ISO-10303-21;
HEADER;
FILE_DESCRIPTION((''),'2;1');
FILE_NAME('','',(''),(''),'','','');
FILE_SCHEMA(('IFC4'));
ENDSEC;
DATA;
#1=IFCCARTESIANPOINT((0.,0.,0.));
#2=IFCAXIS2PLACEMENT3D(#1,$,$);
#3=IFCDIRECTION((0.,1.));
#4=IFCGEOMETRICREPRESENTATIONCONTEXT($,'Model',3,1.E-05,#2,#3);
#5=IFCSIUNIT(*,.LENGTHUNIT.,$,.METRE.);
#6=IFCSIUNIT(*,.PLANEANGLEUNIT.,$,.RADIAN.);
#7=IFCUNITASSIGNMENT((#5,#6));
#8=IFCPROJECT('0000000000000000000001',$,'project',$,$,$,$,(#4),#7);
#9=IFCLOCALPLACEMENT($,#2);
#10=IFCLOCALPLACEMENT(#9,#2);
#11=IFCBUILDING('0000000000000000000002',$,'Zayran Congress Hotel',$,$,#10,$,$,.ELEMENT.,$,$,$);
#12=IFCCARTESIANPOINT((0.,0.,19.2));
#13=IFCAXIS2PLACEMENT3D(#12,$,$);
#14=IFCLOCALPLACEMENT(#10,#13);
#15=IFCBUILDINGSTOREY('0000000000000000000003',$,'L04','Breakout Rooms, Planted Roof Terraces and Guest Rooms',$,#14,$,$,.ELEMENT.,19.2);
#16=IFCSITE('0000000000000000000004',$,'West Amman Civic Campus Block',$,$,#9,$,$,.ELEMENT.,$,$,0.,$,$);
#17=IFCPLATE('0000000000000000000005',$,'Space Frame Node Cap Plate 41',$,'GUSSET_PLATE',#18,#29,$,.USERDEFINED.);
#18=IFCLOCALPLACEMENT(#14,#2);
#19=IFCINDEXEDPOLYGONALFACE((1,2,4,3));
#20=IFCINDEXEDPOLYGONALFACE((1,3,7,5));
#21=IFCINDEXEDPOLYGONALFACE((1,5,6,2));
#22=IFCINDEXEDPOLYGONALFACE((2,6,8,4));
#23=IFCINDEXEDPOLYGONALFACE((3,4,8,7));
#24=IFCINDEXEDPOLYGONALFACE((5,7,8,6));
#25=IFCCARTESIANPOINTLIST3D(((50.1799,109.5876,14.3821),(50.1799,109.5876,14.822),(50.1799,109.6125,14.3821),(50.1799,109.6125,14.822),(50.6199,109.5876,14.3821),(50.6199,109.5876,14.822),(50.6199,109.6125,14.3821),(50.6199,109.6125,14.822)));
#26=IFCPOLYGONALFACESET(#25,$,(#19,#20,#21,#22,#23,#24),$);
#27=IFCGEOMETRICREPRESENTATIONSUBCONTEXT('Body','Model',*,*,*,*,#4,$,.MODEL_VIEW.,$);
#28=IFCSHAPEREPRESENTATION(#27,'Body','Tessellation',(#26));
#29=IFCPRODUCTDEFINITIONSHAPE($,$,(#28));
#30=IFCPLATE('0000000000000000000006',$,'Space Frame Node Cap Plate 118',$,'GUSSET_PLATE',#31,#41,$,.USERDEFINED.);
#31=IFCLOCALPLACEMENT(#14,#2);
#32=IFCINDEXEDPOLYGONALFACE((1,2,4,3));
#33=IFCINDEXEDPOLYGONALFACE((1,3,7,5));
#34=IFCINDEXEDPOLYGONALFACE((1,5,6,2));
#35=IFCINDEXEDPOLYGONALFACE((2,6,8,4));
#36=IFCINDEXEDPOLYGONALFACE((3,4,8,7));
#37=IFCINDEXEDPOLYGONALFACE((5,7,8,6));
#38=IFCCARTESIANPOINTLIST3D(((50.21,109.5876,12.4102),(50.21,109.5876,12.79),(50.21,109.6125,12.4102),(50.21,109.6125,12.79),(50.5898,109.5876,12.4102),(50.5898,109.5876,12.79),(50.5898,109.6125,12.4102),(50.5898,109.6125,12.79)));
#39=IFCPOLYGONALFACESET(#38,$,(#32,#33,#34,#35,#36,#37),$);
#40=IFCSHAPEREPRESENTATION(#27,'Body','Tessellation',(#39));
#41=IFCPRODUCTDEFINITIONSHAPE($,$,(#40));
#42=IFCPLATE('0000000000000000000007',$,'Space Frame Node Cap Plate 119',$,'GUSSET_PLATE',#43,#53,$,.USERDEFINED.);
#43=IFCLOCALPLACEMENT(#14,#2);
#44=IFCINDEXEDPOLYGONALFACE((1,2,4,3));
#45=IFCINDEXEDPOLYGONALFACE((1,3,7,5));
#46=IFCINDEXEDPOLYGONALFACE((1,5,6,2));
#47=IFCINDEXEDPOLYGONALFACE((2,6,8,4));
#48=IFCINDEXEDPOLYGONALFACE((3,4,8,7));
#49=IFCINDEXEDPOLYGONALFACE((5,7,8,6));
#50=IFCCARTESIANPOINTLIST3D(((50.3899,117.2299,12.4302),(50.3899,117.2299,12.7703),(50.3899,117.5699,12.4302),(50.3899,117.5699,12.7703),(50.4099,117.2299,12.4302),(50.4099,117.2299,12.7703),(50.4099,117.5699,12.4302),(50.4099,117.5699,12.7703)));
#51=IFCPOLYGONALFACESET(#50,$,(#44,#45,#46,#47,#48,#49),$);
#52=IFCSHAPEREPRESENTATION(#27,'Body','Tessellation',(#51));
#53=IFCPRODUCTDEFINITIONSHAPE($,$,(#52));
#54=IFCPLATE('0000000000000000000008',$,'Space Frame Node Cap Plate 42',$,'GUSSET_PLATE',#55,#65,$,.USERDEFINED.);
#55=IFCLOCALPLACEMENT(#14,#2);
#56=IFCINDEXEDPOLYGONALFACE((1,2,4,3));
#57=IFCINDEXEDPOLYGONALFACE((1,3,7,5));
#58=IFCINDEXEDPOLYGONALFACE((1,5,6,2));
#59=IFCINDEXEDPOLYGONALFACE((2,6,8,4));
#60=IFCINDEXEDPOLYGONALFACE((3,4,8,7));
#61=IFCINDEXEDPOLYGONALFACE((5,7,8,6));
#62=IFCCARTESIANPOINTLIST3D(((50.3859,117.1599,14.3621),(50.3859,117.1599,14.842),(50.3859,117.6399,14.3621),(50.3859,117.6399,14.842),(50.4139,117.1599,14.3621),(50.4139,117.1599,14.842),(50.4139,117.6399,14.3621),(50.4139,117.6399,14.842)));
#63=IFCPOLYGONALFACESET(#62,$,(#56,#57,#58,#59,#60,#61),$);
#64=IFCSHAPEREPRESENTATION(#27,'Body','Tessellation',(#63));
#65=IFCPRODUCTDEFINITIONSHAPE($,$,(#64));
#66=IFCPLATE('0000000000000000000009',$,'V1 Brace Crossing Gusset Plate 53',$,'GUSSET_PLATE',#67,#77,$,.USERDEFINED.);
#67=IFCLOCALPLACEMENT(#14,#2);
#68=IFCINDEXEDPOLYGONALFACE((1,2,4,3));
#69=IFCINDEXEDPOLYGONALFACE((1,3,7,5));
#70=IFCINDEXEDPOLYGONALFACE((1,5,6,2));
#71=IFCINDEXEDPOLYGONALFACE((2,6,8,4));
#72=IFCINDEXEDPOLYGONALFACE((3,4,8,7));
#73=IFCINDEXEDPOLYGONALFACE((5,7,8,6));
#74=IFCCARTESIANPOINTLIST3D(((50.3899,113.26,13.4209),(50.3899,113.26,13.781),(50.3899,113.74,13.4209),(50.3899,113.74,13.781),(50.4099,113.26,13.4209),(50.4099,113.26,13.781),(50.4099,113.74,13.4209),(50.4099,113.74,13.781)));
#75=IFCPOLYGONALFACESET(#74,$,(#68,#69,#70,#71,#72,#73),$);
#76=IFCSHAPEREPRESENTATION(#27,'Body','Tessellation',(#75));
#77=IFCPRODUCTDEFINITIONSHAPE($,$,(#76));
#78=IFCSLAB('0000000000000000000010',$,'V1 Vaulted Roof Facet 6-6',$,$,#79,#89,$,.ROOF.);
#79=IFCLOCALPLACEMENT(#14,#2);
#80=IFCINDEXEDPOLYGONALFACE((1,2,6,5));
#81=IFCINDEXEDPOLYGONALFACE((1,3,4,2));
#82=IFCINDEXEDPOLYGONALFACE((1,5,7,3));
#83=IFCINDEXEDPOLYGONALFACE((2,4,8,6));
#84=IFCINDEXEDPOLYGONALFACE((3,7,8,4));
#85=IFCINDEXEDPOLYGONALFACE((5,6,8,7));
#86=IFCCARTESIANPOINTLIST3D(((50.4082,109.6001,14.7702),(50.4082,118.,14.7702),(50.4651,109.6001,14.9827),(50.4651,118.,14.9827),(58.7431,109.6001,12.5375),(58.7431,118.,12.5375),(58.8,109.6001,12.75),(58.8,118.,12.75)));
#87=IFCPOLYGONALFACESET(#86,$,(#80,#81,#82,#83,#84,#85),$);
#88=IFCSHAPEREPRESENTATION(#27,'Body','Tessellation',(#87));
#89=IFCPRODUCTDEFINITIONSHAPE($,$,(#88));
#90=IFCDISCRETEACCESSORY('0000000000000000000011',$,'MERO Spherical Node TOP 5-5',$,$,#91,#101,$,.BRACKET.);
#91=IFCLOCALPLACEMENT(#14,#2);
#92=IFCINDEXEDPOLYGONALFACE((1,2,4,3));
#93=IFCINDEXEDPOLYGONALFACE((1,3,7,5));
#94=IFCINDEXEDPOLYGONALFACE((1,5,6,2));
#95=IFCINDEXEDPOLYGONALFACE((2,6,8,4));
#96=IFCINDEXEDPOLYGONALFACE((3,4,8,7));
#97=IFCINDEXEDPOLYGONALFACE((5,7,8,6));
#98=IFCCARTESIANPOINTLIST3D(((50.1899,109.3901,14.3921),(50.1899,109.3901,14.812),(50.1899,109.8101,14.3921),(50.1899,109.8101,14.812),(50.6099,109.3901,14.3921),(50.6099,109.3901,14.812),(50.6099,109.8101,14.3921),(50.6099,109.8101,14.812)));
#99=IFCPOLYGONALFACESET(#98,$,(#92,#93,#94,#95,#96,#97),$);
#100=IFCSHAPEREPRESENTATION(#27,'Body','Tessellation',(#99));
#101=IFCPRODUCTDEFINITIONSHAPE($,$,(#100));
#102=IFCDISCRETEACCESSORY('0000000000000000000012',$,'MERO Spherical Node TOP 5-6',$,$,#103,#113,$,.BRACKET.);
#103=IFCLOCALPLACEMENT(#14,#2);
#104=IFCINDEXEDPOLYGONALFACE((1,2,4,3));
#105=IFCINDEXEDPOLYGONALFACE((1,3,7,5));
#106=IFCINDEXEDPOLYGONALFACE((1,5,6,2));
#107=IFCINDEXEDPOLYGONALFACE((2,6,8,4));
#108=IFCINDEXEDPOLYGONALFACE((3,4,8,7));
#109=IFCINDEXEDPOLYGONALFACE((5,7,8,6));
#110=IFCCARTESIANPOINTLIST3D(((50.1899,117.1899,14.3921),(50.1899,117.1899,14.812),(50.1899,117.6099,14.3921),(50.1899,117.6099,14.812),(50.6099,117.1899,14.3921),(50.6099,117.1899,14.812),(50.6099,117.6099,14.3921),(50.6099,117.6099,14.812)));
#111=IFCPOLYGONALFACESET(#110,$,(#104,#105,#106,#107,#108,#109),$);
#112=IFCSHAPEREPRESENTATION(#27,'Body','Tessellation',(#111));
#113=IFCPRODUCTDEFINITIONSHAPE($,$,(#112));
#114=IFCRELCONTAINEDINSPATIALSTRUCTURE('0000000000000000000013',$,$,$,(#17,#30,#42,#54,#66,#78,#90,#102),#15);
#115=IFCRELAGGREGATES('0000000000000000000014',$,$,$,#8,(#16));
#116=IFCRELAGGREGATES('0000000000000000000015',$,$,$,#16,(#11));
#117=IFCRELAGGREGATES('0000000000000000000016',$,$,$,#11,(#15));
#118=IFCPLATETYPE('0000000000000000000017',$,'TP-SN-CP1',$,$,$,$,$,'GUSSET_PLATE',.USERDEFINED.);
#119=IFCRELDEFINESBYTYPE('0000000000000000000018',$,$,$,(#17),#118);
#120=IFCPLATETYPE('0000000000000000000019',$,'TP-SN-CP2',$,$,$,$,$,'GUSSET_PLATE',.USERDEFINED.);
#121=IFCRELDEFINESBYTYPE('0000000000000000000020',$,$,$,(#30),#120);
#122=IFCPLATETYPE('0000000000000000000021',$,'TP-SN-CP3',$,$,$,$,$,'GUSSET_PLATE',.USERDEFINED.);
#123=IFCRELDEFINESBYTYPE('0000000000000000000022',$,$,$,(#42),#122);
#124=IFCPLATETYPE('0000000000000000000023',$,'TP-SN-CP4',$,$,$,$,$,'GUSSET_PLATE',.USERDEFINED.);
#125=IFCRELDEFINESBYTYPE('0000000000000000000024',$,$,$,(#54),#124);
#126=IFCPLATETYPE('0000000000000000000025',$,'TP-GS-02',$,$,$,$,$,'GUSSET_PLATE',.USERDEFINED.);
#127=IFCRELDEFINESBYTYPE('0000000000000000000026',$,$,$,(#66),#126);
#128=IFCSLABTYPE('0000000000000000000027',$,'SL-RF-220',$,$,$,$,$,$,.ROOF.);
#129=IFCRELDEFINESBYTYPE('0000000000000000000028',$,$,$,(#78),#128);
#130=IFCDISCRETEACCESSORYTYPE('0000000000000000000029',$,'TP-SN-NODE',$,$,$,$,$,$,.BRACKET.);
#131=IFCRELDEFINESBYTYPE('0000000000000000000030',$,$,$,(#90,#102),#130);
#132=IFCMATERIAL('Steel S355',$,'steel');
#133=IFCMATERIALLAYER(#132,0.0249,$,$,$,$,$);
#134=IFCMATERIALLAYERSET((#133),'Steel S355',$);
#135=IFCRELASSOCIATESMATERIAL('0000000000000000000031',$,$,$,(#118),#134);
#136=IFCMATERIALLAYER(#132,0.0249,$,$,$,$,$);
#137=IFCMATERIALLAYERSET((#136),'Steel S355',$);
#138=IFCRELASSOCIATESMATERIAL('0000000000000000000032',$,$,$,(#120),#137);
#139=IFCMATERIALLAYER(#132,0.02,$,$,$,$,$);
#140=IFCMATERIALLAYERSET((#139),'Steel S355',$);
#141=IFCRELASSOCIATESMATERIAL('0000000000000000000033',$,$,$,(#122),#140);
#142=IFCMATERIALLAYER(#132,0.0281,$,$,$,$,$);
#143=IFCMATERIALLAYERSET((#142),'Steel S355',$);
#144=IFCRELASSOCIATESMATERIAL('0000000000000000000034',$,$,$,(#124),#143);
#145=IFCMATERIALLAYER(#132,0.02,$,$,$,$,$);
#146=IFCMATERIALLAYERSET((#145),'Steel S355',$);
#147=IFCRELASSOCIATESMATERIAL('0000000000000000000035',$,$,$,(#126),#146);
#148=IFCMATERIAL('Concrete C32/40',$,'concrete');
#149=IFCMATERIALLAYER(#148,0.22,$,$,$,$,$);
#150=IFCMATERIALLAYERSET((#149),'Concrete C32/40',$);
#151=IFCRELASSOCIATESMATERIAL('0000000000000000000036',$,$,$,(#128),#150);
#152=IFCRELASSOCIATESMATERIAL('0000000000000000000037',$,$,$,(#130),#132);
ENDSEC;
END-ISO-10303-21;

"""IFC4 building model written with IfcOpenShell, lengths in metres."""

from ifc_helpers import new_model, si_unit, direction, frame, origin, origin_2d, place, context, subcontext, project, spatial, polyline, rectangle, outline, extrude, material, layer, layer_set, type_object, element, save


model = new_model("IFC4")

# Units and contexts
model_context = context("Model", 3, precision=1e-05, world=origin(), true_north=direction((0.0, 1.0)))
body_context = subcontext(model_context, "Body", "Model", "MODEL_VIEW")
ifc_project = project(units=[si_unit("LENGTHUNIT", "METRE"), si_unit("PLANEANGLEUNIT", "RADIAN")], contexts=[model_context])

# Site, building, storey
site_placement = place(None, origin())
site = spatial("IfcSite", under=ifc_project, at=site_placement, Name="West Amman Civic Campus Block", CompositionType="ELEMENT", RefElevation=0.0)
building_placement = place(site_placement, origin())
building = spatial("IfcBuilding", under=site, at=building_placement, Name="Zayran Congress Hotel", CompositionType="ELEMENT")
storey_placement = place(building_placement, frame((0.0, 0.0, 19.2)))
storey = spatial("IfcBuildingStorey", under=building, at=storey_placement, Name="L04", Description="Breakout Rooms, Planted Roof Terraces and Guest Rooms", CompositionType="ELEMENT", Elevation=19.2)

# Shared definitions
ifc_material_1 = material(Name="Steel S355", Category="steel")

# Plates
ifc_layer_1 = layer(ifc_material_1, 0.0249)
ifc_layer_set_1 = layer_set([ifc_layer_1], Name="Steel S355")
plate_type_1 = type_object("IfcPlateType", Name="TP-SN-CP1", ElementType="GUSSET_PLATE", PredefinedType="USERDEFINED", material=ifc_layer_set_1)
plate_1_placement = place(storey_placement, frame((50.3999, 109.6001, 14.3821), z_axis=(0.0, 0.0, 1.0), x_axis=(1.0, 0.0, 0.0)))
element("IfcPlate", 1, at=plate_1_placement, inside=storey, type_object=plate_type_1, Name="Space Frame Node Cap Plate 41", ObjectType="GUSSET_PLATE", PredefinedType="USERDEFINED", context=body_context, shape_type="SweptSolid", body=[
    extrude(rectangle(XDim=0.4399, YDim=0.0249, at=origin_2d()), origin(), (0.0, 0.0, 1.0), 0.4399),
])
ifc_layer_2 = layer(ifc_material_1, 0.0249)
ifc_layer_set_2 = layer_set([ifc_layer_2], Name="Steel S355")
plate_type_2 = type_object("IfcPlateType", Name="TP-SN-CP2", ElementType="GUSSET_PLATE", PredefinedType="USERDEFINED", material=ifc_layer_set_2)
plate_2_placement = place(storey_placement, frame((50.3999, 109.6001, 12.4102), z_axis=(0.0, 0.0, 1.0), x_axis=(1.0, 0.0, 0.0)))
element("IfcPlate", 2, at=plate_2_placement, inside=storey, type_object=plate_type_2, Name="Space Frame Node Cap Plate 118", ObjectType="GUSSET_PLATE", PredefinedType="USERDEFINED", context=body_context, shape_type="SweptSolid", body=[
    extrude(rectangle(XDim=0.3799, YDim=0.0249, at=origin_2d()), origin(), (0.0, 0.0, 1.0), 0.3799),
])
ifc_layer_3 = layer(ifc_material_1, 0.02)
ifc_layer_set_3 = layer_set([ifc_layer_3], Name="Steel S355")
plate_type_3 = type_object("IfcPlateType", Name="TP-SN-CP3", ElementType="GUSSET_PLATE", PredefinedType="USERDEFINED", material=ifc_layer_set_3)
plate_3_placement = place(storey_placement, frame((50.3999, 117.3999, 12.4302), z_axis=(0.0, 0.0, 1.0), x_axis=(0.0, 1.0, 0.0)))
element("IfcPlate", 3, at=plate_3_placement, inside=storey, type_object=plate_type_3, Name="Space Frame Node Cap Plate 119", ObjectType="GUSSET_PLATE", PredefinedType="USERDEFINED", context=body_context, shape_type="SweptSolid", body=[
    extrude(rectangle(XDim=0.3401, YDim=0.02, at=origin_2d()), origin(), (0.0, 0.0, 1.0), 0.3401),
])
ifc_layer_4 = layer(ifc_material_1, 0.0281)
ifc_layer_set_4 = layer_set([ifc_layer_4], Name="Steel S355")
plate_type_4 = type_object("IfcPlateType", Name="TP-SN-CP4", ElementType="GUSSET_PLATE", PredefinedType="USERDEFINED", material=ifc_layer_set_4)
plate_4_placement = place(storey_placement, frame((50.3999, 117.3999, 14.3621), z_axis=(0.0, 0.0, 1.0), x_axis=(0.0, 1.0, 0.0)))
element("IfcPlate", 4, at=plate_4_placement, inside=storey, type_object=plate_type_4, Name="Space Frame Node Cap Plate 42", ObjectType="GUSSET_PLATE", PredefinedType="USERDEFINED", context=body_context, shape_type="SweptSolid", body=[
    extrude(rectangle(XDim=0.48, YDim=0.0281, at=origin_2d()), origin(), (0.0, 0.0, 1.0), 0.48),
])
ifc_layer_5 = layer(ifc_material_1, 0.02)
ifc_layer_set_5 = layer_set([ifc_layer_5], Name="Steel S355")
plate_type_5 = type_object("IfcPlateType", Name="TP-GS-02", ElementType="GUSSET_PLATE", PredefinedType="USERDEFINED", material=ifc_layer_set_5)
plate_5_placement = place(storey_placement, frame((50.3999, 113.5, 13.4209), z_axis=(0.0, 0.0, 1.0), x_axis=(0.0, 1.0, 0.0)))
element("IfcPlate", 5, at=plate_5_placement, inside=storey, type_object=plate_type_5, Name="V1 Brace Crossing Gusset Plate 53", ObjectType="GUSSET_PLATE", PredefinedType="USERDEFINED", context=body_context, shape_type="SweptSolid", body=[
    extrude(rectangle(XDim=0.48, YDim=0.02, at=origin_2d()), origin(), (0.0, 0.0, 1.0), 0.3601),
])

# Slab
ifc_material_2 = material(Name="Concrete C32/40", Category="concrete")
ifc_layer_6 = layer(ifc_material_2, 0.22)
ifc_layer_set_6 = layer_set([ifc_layer_6], Name="Concrete C32/40")
slab_type = type_object("IfcSlabType", Name="SL-RF-220", PredefinedType="ROOF", material=ifc_layer_set_6)
slab_placement = place(storey_placement, frame((50.4651, 109.6001, 14.9827), z_axis=(0.258746, 0.0, 0.965946), x_axis=(0.965946, 0.0, -0.258746)))
element("IfcSlab", 6, at=slab_placement, inside=storey, type_object=slab_type, Name="V1 Vaulted Roof Facet 6-6", PredefinedType="ROOF", context=body_context, shape_type="SweptSolid", body=[
    extrude(outline(polyline([(0.0, 0.0), (8.6288, 0.0), (8.6288, 8.3999), (0.0, 8.3999), (0.0, 0.0)])), origin(), (0.0, 0.0, -1.0), 0.22),
])

# Discrete accessories
discrete_accessory_type = type_object("IfcDiscreteAccessoryType", Name="TP-SN-NODE", PredefinedType="BRACKET", material=ifc_material_1)
for number, where, z_axis, x_axis, name in (
    (7, (50.3999, 109.6001, 14.3921), (0.0, 0.0, 1.0), (1.0, 0.0, 0.0), "MERO Spherical Node TOP 5-5"),
    (8, (50.3999, 117.3999, 14.3921), (0.0, 0.0, 1.0), (1.0, 0.0, 0.0), "MERO Spherical Node TOP 5-6"),
):
    element("IfcDiscreteAccessory", number, at=place(storey_placement, frame(where, z_axis=z_axis, x_axis=x_axis)), inside=storey, type_object=discrete_accessory_type, Name=name, PredefinedType="BRACKET", context=body_context, shape_type="SweptSolid", body=[
        extrude(rectangle(XDim=0.4199, YDim=0.4199, at=origin_2d()), origin(), (0.0, 0.0, 1.0), 0.4199),
    ])

save(model, "model.ifc")
